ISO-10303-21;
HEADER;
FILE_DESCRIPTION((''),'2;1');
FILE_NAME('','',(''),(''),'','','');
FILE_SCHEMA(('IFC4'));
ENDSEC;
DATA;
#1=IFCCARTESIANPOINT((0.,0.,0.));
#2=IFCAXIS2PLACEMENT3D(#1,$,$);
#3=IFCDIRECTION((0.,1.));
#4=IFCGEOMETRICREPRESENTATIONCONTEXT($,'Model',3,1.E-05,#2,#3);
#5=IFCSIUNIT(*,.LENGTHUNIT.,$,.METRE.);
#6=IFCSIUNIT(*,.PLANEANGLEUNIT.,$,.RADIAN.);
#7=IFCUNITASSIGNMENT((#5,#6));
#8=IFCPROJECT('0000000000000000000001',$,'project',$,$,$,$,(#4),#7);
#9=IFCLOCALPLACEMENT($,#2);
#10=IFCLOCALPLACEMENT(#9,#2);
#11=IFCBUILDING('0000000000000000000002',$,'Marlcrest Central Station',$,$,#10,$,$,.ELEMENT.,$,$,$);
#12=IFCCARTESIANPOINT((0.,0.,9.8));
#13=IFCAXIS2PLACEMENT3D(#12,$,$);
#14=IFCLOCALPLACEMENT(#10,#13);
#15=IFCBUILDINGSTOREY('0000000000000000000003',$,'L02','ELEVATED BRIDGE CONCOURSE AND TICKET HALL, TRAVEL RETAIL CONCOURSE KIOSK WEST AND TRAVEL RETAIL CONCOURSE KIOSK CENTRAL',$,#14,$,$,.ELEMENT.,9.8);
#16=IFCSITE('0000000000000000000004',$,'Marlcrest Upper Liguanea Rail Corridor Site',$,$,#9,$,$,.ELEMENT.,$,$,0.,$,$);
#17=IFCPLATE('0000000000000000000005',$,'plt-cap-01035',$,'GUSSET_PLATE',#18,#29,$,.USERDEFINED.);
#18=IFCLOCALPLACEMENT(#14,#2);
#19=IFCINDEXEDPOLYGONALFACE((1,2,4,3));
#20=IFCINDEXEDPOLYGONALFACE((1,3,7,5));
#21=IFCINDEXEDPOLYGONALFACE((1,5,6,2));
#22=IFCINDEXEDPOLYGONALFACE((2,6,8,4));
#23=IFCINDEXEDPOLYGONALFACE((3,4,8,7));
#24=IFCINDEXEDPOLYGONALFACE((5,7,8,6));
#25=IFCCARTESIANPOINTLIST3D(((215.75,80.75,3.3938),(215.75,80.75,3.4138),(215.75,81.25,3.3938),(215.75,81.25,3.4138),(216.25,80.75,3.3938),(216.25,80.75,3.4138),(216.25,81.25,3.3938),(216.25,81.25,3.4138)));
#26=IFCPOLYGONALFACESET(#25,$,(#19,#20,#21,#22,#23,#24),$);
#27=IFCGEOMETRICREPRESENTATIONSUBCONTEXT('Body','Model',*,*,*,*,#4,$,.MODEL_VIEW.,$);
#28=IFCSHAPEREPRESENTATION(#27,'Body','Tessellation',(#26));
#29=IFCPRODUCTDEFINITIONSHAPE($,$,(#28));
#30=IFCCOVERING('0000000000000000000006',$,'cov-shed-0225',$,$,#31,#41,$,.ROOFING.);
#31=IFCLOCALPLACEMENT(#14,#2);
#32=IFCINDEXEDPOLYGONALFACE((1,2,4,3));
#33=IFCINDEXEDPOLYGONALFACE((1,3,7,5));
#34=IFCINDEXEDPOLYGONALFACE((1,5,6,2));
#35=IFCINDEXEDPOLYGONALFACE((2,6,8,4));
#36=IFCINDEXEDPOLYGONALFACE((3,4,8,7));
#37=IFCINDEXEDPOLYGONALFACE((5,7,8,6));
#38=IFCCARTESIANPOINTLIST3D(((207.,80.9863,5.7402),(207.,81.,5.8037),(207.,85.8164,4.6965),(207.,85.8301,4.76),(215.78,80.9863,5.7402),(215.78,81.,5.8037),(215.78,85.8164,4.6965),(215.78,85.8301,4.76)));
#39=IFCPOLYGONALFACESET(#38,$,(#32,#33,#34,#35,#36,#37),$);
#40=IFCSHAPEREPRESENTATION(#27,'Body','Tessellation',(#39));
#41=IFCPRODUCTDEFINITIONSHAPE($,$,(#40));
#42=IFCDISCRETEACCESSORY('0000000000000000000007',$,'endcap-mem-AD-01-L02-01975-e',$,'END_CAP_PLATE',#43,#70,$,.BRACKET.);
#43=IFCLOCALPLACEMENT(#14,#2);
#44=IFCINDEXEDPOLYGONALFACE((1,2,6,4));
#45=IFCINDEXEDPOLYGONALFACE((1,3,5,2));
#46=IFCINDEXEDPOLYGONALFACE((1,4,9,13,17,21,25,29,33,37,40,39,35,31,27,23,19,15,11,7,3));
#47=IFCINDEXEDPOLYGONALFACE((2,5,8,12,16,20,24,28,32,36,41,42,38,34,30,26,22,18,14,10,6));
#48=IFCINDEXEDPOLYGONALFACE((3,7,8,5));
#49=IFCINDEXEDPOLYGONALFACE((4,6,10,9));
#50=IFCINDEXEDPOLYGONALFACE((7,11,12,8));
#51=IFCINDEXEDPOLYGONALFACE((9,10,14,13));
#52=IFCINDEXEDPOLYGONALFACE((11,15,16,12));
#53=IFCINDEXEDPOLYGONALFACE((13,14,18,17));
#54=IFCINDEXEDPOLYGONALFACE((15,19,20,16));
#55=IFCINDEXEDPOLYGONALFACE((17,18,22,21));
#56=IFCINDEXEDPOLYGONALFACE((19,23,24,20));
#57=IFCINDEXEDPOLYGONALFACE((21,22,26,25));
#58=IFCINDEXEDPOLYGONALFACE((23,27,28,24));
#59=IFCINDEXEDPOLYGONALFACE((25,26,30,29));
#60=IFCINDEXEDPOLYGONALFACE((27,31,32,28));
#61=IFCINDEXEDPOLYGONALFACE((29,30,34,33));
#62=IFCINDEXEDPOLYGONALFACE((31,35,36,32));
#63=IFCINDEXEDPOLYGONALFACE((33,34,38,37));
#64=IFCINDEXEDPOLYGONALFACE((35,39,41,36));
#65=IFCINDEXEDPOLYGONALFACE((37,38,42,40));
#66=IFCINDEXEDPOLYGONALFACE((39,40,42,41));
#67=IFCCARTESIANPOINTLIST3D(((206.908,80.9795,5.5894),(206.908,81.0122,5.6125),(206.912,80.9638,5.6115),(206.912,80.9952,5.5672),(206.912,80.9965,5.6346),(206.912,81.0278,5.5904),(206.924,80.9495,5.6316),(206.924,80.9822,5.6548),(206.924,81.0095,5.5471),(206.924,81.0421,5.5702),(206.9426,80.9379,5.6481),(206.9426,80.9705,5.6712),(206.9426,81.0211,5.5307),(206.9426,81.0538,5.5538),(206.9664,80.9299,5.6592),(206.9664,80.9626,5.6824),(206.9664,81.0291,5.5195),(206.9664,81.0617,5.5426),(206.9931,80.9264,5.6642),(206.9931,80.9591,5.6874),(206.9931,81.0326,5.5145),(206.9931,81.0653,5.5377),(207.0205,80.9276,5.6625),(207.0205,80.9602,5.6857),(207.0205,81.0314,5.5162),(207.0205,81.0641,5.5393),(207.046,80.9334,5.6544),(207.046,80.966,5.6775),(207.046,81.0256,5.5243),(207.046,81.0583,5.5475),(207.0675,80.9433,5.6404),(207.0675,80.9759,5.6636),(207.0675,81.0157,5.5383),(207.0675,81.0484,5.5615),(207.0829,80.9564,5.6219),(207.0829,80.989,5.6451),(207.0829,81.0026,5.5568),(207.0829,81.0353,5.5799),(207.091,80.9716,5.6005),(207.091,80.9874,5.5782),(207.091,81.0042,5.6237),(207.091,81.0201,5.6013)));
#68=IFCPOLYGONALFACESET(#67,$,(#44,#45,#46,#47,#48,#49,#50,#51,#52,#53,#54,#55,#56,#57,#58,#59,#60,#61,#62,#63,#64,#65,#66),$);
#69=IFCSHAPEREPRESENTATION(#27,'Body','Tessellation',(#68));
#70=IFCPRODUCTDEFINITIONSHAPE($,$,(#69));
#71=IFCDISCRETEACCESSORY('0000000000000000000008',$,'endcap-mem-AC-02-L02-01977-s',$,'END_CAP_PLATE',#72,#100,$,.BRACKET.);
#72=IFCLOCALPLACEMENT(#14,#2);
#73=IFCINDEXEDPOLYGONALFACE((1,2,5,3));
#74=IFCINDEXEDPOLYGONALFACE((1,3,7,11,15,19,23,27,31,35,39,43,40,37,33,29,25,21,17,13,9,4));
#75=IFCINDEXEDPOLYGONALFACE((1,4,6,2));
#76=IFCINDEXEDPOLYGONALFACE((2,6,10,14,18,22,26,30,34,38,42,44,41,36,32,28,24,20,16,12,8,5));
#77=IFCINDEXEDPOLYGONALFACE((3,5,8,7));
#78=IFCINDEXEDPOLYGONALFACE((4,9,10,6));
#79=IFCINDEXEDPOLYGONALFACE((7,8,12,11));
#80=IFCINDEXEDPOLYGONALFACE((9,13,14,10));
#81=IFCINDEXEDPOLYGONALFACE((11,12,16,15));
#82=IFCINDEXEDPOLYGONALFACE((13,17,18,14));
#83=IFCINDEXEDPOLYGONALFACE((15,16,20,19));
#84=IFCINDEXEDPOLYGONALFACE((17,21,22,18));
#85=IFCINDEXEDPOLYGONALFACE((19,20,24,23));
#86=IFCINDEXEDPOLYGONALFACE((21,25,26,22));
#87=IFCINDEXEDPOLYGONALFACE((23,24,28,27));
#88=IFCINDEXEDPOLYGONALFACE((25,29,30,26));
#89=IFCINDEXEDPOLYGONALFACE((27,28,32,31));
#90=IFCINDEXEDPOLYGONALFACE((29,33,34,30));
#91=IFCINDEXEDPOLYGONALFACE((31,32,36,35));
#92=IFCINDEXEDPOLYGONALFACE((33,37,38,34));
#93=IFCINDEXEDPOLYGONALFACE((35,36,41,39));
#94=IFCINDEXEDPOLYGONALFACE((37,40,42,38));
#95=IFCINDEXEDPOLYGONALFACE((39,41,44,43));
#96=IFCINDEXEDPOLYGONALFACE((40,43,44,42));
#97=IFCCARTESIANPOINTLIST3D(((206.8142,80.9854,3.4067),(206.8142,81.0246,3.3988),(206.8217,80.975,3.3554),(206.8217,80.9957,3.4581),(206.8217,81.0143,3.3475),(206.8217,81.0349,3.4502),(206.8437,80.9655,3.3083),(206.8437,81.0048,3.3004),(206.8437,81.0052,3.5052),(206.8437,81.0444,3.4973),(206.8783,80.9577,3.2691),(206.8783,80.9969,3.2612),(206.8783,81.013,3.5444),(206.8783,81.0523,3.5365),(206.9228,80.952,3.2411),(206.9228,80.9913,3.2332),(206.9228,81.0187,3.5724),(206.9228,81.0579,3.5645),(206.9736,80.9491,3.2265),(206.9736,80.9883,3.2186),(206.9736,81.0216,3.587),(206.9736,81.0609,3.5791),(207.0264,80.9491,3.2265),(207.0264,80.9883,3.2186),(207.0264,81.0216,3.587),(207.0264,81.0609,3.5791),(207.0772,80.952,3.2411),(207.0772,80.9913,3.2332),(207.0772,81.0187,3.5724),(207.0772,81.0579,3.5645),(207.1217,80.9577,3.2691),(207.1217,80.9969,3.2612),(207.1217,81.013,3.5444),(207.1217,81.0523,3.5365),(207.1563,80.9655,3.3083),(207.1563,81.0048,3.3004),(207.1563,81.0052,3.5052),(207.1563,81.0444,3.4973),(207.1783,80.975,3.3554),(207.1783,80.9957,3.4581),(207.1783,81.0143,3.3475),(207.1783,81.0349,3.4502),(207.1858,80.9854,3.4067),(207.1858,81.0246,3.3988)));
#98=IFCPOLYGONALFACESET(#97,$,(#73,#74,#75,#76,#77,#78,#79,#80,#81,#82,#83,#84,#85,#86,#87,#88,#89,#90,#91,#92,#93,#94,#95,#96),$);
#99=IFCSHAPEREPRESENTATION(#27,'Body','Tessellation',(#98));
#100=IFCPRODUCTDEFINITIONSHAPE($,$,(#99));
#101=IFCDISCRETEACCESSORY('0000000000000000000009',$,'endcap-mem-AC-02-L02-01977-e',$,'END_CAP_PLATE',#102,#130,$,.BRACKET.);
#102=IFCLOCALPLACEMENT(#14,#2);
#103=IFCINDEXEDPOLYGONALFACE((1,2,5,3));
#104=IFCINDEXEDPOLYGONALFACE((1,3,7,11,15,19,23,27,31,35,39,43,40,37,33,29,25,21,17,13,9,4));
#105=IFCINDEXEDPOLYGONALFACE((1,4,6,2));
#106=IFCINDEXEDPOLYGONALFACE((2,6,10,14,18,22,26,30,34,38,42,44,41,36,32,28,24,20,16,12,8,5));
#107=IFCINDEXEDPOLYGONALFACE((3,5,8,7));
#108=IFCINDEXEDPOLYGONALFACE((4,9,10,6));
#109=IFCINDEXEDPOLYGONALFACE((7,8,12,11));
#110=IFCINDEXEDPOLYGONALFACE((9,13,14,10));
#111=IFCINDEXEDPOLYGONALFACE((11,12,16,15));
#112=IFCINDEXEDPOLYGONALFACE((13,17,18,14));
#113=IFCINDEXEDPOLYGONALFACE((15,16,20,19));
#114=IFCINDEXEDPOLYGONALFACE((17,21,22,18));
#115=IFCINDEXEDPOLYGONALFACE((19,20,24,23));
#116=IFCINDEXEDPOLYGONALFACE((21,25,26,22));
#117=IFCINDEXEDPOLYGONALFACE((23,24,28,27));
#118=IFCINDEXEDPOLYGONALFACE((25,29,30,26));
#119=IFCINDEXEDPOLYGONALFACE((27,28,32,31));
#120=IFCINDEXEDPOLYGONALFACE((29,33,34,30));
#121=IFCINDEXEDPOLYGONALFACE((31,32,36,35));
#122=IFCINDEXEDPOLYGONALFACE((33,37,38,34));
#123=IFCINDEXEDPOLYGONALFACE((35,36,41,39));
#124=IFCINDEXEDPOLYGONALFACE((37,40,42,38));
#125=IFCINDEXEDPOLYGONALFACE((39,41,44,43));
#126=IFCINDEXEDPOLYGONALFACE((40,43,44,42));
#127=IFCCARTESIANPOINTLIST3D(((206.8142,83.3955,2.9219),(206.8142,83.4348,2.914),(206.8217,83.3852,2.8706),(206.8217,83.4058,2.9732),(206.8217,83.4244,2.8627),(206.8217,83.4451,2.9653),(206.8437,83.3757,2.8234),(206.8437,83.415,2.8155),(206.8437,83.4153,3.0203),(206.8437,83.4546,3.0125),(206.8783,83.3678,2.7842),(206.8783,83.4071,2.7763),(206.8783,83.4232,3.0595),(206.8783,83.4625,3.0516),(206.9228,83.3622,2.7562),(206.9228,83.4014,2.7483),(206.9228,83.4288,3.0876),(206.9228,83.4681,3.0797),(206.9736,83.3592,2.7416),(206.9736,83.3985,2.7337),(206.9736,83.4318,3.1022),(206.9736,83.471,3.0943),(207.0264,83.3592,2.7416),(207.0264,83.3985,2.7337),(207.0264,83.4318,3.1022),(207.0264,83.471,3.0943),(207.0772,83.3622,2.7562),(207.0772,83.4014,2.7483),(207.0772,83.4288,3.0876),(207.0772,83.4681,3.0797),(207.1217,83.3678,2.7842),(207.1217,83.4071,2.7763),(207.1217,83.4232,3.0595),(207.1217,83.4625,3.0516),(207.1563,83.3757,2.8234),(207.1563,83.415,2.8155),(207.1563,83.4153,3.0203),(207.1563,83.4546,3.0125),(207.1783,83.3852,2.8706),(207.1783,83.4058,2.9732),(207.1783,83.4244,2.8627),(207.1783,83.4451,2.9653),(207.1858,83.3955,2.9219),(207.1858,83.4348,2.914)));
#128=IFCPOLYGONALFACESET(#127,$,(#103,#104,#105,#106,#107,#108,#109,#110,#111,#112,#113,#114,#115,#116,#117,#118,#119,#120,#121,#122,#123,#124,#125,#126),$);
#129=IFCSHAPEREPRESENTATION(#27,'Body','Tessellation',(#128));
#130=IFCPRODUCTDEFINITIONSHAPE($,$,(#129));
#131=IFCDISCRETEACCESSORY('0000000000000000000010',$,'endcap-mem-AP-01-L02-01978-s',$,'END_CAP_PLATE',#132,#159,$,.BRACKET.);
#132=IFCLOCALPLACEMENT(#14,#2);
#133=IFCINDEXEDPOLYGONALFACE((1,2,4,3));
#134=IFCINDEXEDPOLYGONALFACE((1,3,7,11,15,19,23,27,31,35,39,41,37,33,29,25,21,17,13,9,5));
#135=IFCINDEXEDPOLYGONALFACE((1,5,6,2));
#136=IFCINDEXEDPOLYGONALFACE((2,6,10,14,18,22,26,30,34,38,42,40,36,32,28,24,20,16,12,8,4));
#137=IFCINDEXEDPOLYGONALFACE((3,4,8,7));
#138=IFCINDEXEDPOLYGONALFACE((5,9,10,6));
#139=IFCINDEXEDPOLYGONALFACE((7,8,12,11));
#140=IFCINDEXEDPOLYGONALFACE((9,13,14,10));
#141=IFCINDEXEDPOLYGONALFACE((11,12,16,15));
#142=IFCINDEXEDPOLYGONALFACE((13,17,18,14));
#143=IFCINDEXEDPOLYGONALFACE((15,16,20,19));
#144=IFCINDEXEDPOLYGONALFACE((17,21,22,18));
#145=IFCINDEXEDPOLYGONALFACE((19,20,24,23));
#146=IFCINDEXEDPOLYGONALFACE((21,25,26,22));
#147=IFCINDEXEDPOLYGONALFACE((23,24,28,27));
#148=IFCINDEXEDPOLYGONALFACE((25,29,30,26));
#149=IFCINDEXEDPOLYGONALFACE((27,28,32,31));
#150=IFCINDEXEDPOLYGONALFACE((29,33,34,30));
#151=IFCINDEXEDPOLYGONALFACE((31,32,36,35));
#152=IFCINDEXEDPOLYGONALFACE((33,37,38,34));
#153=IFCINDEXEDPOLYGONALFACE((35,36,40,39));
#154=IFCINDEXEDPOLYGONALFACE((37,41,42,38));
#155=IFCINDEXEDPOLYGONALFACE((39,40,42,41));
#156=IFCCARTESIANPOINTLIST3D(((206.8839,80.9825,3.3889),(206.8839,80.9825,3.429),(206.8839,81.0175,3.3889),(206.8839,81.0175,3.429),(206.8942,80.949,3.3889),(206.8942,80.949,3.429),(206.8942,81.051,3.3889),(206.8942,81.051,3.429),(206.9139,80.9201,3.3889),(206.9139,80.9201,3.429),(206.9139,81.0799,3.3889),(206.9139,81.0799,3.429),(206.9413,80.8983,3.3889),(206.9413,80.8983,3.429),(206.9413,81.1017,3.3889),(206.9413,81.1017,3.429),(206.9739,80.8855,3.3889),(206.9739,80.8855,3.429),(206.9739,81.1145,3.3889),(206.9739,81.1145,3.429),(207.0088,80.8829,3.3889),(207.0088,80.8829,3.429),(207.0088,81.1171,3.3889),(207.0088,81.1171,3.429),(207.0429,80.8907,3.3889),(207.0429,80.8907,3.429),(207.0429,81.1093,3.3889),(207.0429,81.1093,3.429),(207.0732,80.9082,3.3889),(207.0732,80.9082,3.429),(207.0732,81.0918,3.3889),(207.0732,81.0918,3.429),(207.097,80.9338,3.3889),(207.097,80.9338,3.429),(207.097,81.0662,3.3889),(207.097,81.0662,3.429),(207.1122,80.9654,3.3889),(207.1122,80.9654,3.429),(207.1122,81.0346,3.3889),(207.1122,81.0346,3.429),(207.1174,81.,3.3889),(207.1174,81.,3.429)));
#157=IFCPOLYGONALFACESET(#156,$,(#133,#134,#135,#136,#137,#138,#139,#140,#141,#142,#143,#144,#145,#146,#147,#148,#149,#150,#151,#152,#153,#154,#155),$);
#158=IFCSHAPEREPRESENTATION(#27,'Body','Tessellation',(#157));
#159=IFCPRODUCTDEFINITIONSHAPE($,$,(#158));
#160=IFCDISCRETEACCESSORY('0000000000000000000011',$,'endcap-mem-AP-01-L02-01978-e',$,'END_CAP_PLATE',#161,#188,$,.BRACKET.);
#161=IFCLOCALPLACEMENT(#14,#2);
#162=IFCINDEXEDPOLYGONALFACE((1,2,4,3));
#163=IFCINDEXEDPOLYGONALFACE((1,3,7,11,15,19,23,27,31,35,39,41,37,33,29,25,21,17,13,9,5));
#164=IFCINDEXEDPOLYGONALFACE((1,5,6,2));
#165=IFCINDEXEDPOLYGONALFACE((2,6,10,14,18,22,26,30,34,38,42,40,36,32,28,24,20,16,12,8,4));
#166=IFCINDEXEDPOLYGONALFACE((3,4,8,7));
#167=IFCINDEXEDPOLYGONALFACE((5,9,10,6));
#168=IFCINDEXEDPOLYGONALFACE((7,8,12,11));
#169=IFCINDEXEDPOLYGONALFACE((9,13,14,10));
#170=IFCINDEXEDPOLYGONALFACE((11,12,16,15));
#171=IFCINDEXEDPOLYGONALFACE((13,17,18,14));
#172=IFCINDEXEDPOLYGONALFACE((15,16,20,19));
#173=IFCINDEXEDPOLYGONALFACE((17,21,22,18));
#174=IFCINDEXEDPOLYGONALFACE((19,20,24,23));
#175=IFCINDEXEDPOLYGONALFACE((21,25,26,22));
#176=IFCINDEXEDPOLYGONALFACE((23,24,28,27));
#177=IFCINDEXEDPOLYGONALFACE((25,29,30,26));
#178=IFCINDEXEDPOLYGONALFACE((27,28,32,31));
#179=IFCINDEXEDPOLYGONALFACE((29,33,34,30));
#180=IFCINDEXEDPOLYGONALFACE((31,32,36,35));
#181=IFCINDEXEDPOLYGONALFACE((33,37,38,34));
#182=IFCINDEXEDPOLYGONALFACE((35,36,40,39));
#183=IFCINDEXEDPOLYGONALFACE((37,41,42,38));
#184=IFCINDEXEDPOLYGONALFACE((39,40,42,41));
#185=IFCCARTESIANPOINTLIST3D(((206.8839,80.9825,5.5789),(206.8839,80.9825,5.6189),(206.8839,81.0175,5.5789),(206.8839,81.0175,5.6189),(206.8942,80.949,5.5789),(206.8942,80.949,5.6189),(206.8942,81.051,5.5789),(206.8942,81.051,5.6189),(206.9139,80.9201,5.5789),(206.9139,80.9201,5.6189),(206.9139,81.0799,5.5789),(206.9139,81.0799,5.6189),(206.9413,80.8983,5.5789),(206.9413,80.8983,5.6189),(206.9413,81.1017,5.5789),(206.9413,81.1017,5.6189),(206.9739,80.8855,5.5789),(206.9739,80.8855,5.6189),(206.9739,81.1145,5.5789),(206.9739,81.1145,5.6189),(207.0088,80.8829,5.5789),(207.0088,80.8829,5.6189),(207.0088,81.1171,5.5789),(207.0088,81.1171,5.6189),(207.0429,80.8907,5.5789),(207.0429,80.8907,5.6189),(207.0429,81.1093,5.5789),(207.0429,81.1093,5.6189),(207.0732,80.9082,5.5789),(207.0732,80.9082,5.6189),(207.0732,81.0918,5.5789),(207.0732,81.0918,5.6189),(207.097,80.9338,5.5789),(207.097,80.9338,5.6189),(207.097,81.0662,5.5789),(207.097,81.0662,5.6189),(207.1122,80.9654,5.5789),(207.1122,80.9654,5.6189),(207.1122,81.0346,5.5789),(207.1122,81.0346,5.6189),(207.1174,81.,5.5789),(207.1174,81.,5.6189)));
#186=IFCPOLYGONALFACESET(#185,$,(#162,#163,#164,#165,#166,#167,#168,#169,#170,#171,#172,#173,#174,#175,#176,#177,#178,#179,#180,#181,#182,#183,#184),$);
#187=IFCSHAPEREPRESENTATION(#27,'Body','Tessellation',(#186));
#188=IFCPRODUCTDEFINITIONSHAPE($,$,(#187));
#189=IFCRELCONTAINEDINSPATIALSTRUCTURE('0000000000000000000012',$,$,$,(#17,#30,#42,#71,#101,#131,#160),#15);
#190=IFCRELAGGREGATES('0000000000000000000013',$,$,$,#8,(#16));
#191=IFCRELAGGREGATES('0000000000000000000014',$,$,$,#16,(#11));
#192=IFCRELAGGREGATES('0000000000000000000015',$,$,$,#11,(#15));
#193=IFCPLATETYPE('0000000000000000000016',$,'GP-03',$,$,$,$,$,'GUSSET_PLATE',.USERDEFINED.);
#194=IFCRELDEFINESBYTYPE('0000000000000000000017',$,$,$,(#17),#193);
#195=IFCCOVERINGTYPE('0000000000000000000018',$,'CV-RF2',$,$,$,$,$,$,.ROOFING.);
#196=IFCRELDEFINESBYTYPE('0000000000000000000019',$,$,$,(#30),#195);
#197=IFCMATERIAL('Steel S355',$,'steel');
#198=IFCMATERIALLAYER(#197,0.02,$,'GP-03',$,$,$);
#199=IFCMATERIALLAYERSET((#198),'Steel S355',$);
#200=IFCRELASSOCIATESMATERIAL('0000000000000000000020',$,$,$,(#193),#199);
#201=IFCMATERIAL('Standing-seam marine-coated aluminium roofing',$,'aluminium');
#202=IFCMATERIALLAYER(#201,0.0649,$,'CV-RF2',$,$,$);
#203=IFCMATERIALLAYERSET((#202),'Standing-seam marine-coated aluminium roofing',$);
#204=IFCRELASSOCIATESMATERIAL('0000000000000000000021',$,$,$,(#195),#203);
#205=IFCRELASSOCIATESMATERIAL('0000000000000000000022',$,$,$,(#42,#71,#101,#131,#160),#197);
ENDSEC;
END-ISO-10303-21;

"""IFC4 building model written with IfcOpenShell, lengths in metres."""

from ifc_helpers import new_model, si_unit, direction, frame, origin, origin_2d, place, context, subcontext, project, spatial, polyline, rectangle, circle, outline, extrude, material, layer, layer_set, type_object, element, save


model = new_model("IFC4")

# Units and contexts
model_context = context("Model", 3, precision=1e-05, world=origin(), true_north=direction((0.0, 1.0)))
body_context = subcontext(model_context, "Body", "Model", "MODEL_VIEW")
ifc_project = project(units=[si_unit("LENGTHUNIT", "METRE"), si_unit("PLANEANGLEUNIT", "RADIAN")], contexts=[model_context])

# Site, building, storey
site_placement = place(None, origin())
site = spatial("IfcSite", under=ifc_project, at=site_placement, Name="Marlcrest Upper Liguanea Rail Corridor Site", CompositionType="ELEMENT", RefElevation=0.0)
building_placement = place(site_placement, origin())
building = spatial("IfcBuilding", under=site, at=building_placement, Name="Marlcrest Central Station", CompositionType="ELEMENT")
storey_placement = place(building_placement, frame((0.0, 0.0, 9.8)))
storey = spatial("IfcBuildingStorey", under=building, at=storey_placement, Name="L02", Description="ELEVATED BRIDGE CONCOURSE AND TICKET HALL, TRAVEL RETAIL CONCOURSE KIOSK WEST AND TRAVEL RETAIL CONCOURSE KIOSK CENTRAL", CompositionType="ELEMENT", Elevation=9.8)

# Shared definitions
ifc_material_1 = material(Name="Steel S355", Category="steel")

# Plate
ifc_layer_1 = layer(ifc_material_1, 0.02, Name="GP-03")
ifc_layer_set_1 = layer_set([ifc_layer_1], Name="Steel S355")
plate_type = type_object("IfcPlateType", Name="GP-03", ElementType="GUSSET_PLATE", PredefinedType="USERDEFINED", material=ifc_layer_set_1)
for number, where, z_axis, x_axis, name in (
    (1, (216.0, 81.0, 3.3938), (0.0, 0.0, 1.0), (1.0, 0.0, 0.0), "plt-cap-01035"),
):
    element("IfcPlate", number, at=place(storey_placement, frame(where, z_axis=z_axis, x_axis=x_axis)), inside=storey, type_object=plate_type, Name=name, ObjectType="GUSSET_PLATE", PredefinedType="USERDEFINED", context=body_context, shape_type="SweptSolid", body=[
        extrude(rectangle(XDim=0.5, YDim=0.5, at=origin_2d()), origin(), (0.0, 0.0, 1.0), 0.02),
    ])

# Covering
ifc_material_2 = material(Name="Standing-seam marine-coated aluminium roofing", Category="aluminium")
ifc_layer_2 = layer(ifc_material_2, 0.0649, Name="CV-RF2")
ifc_layer_set_2 = layer_set([ifc_layer_2], Name="Standing-seam marine-coated aluminium roofing")
covering_type = type_object("IfcCoveringType", Name="CV-RF2", PredefinedType="ROOFING", material=ifc_layer_set_2)
covering_placement = place(storey_placement, frame((207.0, 81.0, 5.8037), z_axis=(0.0, 0.211209, 0.977441), x_axis=(1.0, 0.0, 0.0)))
element("IfcCovering", 2, at=covering_placement, inside=storey, type_object=covering_type, Name="cov-shed-0225", PredefinedType="ROOFING", context=body_context, shape_type="SweptSolid", body=[
    extrude(outline(polyline([(0.0, 0.0), (8.78, 0.0), (8.78, 4.9416), (0.0, 4.9416), (0.0, 0.0)])), origin(), (0.0, 0.0, -1.0), 0.0649),
])

# Discrete accessories
discrete_accessory_1_placement = place(storey_placement, frame((207.0, 80.9795, 5.5894), z_axis=(0.0, 0.815661, 0.57853), x_axis=(-1.0, 0.0, 0.0)))
element("IfcDiscreteAccessory", 3, at=discrete_accessory_1_placement, inside=storey, material=ifc_material_1, Name="endcap-mem-AD-01-L02-01975-e", ObjectType="END_CAP_PLATE", PredefinedType="BRACKET", context=body_context, shape_type="SweptSolid", body=[
    extrude(circle(Radius=0.092, at=origin_2d()), origin(), (0.0, 0.0, 1.0), 0.04),
])
for number, where, z_axis, x_axis, name in (
    (4, (207.0, 80.9854, 3.4067), (0.0, 0.980359, -0.197219), (-1.0, 0.0, 0.0), "endcap-mem-AC-02-L02-01977-s"),
    (5, (207.0, 83.3955, 2.9219), (0.0, 0.980359, -0.197219), (-1.0, 0.0, 0.0), "endcap-mem-AC-02-L02-01977-e"),
):
    element("IfcDiscreteAccessory", number, at=place(storey_placement, frame(where, z_axis=z_axis, x_axis=x_axis)), inside=storey, material=ifc_material_1, Name=name, ObjectType="END_CAP_PLATE", PredefinedType="BRACKET", context=body_context, shape_type="SweptSolid", body=[
        extrude(circle(Radius=0.1858, at=origin_2d()), origin(), (0.0, 0.0, 1.0), 0.04),
    ])
for number, where, z_axis, x_axis, name in (
    (6, (207.0, 81.0, 3.3889), (0.0, 0.0, 1.0), (1.0, 0.0, 0.0), "endcap-mem-AP-01-L02-01978-s"),
    (7, (207.0, 81.0, 5.5789), (0.0, 0.0, 1.0), (1.0, 0.0, 0.0), "endcap-mem-AP-01-L02-01978-e"),
):
    element("IfcDiscreteAccessory", number, at=place(storey_placement, frame(where, z_axis=z_axis, x_axis=x_axis)), inside=storey, material=ifc_material_1, Name=name, ObjectType="END_CAP_PLATE", PredefinedType="BRACKET", context=body_context, shape_type="SweptSolid", body=[
        extrude(circle(Radius=0.1174, at=origin_2d()), origin(), (0.0, 0.0, 1.0), 0.04),
    ])

save(model, "model.ifc")
